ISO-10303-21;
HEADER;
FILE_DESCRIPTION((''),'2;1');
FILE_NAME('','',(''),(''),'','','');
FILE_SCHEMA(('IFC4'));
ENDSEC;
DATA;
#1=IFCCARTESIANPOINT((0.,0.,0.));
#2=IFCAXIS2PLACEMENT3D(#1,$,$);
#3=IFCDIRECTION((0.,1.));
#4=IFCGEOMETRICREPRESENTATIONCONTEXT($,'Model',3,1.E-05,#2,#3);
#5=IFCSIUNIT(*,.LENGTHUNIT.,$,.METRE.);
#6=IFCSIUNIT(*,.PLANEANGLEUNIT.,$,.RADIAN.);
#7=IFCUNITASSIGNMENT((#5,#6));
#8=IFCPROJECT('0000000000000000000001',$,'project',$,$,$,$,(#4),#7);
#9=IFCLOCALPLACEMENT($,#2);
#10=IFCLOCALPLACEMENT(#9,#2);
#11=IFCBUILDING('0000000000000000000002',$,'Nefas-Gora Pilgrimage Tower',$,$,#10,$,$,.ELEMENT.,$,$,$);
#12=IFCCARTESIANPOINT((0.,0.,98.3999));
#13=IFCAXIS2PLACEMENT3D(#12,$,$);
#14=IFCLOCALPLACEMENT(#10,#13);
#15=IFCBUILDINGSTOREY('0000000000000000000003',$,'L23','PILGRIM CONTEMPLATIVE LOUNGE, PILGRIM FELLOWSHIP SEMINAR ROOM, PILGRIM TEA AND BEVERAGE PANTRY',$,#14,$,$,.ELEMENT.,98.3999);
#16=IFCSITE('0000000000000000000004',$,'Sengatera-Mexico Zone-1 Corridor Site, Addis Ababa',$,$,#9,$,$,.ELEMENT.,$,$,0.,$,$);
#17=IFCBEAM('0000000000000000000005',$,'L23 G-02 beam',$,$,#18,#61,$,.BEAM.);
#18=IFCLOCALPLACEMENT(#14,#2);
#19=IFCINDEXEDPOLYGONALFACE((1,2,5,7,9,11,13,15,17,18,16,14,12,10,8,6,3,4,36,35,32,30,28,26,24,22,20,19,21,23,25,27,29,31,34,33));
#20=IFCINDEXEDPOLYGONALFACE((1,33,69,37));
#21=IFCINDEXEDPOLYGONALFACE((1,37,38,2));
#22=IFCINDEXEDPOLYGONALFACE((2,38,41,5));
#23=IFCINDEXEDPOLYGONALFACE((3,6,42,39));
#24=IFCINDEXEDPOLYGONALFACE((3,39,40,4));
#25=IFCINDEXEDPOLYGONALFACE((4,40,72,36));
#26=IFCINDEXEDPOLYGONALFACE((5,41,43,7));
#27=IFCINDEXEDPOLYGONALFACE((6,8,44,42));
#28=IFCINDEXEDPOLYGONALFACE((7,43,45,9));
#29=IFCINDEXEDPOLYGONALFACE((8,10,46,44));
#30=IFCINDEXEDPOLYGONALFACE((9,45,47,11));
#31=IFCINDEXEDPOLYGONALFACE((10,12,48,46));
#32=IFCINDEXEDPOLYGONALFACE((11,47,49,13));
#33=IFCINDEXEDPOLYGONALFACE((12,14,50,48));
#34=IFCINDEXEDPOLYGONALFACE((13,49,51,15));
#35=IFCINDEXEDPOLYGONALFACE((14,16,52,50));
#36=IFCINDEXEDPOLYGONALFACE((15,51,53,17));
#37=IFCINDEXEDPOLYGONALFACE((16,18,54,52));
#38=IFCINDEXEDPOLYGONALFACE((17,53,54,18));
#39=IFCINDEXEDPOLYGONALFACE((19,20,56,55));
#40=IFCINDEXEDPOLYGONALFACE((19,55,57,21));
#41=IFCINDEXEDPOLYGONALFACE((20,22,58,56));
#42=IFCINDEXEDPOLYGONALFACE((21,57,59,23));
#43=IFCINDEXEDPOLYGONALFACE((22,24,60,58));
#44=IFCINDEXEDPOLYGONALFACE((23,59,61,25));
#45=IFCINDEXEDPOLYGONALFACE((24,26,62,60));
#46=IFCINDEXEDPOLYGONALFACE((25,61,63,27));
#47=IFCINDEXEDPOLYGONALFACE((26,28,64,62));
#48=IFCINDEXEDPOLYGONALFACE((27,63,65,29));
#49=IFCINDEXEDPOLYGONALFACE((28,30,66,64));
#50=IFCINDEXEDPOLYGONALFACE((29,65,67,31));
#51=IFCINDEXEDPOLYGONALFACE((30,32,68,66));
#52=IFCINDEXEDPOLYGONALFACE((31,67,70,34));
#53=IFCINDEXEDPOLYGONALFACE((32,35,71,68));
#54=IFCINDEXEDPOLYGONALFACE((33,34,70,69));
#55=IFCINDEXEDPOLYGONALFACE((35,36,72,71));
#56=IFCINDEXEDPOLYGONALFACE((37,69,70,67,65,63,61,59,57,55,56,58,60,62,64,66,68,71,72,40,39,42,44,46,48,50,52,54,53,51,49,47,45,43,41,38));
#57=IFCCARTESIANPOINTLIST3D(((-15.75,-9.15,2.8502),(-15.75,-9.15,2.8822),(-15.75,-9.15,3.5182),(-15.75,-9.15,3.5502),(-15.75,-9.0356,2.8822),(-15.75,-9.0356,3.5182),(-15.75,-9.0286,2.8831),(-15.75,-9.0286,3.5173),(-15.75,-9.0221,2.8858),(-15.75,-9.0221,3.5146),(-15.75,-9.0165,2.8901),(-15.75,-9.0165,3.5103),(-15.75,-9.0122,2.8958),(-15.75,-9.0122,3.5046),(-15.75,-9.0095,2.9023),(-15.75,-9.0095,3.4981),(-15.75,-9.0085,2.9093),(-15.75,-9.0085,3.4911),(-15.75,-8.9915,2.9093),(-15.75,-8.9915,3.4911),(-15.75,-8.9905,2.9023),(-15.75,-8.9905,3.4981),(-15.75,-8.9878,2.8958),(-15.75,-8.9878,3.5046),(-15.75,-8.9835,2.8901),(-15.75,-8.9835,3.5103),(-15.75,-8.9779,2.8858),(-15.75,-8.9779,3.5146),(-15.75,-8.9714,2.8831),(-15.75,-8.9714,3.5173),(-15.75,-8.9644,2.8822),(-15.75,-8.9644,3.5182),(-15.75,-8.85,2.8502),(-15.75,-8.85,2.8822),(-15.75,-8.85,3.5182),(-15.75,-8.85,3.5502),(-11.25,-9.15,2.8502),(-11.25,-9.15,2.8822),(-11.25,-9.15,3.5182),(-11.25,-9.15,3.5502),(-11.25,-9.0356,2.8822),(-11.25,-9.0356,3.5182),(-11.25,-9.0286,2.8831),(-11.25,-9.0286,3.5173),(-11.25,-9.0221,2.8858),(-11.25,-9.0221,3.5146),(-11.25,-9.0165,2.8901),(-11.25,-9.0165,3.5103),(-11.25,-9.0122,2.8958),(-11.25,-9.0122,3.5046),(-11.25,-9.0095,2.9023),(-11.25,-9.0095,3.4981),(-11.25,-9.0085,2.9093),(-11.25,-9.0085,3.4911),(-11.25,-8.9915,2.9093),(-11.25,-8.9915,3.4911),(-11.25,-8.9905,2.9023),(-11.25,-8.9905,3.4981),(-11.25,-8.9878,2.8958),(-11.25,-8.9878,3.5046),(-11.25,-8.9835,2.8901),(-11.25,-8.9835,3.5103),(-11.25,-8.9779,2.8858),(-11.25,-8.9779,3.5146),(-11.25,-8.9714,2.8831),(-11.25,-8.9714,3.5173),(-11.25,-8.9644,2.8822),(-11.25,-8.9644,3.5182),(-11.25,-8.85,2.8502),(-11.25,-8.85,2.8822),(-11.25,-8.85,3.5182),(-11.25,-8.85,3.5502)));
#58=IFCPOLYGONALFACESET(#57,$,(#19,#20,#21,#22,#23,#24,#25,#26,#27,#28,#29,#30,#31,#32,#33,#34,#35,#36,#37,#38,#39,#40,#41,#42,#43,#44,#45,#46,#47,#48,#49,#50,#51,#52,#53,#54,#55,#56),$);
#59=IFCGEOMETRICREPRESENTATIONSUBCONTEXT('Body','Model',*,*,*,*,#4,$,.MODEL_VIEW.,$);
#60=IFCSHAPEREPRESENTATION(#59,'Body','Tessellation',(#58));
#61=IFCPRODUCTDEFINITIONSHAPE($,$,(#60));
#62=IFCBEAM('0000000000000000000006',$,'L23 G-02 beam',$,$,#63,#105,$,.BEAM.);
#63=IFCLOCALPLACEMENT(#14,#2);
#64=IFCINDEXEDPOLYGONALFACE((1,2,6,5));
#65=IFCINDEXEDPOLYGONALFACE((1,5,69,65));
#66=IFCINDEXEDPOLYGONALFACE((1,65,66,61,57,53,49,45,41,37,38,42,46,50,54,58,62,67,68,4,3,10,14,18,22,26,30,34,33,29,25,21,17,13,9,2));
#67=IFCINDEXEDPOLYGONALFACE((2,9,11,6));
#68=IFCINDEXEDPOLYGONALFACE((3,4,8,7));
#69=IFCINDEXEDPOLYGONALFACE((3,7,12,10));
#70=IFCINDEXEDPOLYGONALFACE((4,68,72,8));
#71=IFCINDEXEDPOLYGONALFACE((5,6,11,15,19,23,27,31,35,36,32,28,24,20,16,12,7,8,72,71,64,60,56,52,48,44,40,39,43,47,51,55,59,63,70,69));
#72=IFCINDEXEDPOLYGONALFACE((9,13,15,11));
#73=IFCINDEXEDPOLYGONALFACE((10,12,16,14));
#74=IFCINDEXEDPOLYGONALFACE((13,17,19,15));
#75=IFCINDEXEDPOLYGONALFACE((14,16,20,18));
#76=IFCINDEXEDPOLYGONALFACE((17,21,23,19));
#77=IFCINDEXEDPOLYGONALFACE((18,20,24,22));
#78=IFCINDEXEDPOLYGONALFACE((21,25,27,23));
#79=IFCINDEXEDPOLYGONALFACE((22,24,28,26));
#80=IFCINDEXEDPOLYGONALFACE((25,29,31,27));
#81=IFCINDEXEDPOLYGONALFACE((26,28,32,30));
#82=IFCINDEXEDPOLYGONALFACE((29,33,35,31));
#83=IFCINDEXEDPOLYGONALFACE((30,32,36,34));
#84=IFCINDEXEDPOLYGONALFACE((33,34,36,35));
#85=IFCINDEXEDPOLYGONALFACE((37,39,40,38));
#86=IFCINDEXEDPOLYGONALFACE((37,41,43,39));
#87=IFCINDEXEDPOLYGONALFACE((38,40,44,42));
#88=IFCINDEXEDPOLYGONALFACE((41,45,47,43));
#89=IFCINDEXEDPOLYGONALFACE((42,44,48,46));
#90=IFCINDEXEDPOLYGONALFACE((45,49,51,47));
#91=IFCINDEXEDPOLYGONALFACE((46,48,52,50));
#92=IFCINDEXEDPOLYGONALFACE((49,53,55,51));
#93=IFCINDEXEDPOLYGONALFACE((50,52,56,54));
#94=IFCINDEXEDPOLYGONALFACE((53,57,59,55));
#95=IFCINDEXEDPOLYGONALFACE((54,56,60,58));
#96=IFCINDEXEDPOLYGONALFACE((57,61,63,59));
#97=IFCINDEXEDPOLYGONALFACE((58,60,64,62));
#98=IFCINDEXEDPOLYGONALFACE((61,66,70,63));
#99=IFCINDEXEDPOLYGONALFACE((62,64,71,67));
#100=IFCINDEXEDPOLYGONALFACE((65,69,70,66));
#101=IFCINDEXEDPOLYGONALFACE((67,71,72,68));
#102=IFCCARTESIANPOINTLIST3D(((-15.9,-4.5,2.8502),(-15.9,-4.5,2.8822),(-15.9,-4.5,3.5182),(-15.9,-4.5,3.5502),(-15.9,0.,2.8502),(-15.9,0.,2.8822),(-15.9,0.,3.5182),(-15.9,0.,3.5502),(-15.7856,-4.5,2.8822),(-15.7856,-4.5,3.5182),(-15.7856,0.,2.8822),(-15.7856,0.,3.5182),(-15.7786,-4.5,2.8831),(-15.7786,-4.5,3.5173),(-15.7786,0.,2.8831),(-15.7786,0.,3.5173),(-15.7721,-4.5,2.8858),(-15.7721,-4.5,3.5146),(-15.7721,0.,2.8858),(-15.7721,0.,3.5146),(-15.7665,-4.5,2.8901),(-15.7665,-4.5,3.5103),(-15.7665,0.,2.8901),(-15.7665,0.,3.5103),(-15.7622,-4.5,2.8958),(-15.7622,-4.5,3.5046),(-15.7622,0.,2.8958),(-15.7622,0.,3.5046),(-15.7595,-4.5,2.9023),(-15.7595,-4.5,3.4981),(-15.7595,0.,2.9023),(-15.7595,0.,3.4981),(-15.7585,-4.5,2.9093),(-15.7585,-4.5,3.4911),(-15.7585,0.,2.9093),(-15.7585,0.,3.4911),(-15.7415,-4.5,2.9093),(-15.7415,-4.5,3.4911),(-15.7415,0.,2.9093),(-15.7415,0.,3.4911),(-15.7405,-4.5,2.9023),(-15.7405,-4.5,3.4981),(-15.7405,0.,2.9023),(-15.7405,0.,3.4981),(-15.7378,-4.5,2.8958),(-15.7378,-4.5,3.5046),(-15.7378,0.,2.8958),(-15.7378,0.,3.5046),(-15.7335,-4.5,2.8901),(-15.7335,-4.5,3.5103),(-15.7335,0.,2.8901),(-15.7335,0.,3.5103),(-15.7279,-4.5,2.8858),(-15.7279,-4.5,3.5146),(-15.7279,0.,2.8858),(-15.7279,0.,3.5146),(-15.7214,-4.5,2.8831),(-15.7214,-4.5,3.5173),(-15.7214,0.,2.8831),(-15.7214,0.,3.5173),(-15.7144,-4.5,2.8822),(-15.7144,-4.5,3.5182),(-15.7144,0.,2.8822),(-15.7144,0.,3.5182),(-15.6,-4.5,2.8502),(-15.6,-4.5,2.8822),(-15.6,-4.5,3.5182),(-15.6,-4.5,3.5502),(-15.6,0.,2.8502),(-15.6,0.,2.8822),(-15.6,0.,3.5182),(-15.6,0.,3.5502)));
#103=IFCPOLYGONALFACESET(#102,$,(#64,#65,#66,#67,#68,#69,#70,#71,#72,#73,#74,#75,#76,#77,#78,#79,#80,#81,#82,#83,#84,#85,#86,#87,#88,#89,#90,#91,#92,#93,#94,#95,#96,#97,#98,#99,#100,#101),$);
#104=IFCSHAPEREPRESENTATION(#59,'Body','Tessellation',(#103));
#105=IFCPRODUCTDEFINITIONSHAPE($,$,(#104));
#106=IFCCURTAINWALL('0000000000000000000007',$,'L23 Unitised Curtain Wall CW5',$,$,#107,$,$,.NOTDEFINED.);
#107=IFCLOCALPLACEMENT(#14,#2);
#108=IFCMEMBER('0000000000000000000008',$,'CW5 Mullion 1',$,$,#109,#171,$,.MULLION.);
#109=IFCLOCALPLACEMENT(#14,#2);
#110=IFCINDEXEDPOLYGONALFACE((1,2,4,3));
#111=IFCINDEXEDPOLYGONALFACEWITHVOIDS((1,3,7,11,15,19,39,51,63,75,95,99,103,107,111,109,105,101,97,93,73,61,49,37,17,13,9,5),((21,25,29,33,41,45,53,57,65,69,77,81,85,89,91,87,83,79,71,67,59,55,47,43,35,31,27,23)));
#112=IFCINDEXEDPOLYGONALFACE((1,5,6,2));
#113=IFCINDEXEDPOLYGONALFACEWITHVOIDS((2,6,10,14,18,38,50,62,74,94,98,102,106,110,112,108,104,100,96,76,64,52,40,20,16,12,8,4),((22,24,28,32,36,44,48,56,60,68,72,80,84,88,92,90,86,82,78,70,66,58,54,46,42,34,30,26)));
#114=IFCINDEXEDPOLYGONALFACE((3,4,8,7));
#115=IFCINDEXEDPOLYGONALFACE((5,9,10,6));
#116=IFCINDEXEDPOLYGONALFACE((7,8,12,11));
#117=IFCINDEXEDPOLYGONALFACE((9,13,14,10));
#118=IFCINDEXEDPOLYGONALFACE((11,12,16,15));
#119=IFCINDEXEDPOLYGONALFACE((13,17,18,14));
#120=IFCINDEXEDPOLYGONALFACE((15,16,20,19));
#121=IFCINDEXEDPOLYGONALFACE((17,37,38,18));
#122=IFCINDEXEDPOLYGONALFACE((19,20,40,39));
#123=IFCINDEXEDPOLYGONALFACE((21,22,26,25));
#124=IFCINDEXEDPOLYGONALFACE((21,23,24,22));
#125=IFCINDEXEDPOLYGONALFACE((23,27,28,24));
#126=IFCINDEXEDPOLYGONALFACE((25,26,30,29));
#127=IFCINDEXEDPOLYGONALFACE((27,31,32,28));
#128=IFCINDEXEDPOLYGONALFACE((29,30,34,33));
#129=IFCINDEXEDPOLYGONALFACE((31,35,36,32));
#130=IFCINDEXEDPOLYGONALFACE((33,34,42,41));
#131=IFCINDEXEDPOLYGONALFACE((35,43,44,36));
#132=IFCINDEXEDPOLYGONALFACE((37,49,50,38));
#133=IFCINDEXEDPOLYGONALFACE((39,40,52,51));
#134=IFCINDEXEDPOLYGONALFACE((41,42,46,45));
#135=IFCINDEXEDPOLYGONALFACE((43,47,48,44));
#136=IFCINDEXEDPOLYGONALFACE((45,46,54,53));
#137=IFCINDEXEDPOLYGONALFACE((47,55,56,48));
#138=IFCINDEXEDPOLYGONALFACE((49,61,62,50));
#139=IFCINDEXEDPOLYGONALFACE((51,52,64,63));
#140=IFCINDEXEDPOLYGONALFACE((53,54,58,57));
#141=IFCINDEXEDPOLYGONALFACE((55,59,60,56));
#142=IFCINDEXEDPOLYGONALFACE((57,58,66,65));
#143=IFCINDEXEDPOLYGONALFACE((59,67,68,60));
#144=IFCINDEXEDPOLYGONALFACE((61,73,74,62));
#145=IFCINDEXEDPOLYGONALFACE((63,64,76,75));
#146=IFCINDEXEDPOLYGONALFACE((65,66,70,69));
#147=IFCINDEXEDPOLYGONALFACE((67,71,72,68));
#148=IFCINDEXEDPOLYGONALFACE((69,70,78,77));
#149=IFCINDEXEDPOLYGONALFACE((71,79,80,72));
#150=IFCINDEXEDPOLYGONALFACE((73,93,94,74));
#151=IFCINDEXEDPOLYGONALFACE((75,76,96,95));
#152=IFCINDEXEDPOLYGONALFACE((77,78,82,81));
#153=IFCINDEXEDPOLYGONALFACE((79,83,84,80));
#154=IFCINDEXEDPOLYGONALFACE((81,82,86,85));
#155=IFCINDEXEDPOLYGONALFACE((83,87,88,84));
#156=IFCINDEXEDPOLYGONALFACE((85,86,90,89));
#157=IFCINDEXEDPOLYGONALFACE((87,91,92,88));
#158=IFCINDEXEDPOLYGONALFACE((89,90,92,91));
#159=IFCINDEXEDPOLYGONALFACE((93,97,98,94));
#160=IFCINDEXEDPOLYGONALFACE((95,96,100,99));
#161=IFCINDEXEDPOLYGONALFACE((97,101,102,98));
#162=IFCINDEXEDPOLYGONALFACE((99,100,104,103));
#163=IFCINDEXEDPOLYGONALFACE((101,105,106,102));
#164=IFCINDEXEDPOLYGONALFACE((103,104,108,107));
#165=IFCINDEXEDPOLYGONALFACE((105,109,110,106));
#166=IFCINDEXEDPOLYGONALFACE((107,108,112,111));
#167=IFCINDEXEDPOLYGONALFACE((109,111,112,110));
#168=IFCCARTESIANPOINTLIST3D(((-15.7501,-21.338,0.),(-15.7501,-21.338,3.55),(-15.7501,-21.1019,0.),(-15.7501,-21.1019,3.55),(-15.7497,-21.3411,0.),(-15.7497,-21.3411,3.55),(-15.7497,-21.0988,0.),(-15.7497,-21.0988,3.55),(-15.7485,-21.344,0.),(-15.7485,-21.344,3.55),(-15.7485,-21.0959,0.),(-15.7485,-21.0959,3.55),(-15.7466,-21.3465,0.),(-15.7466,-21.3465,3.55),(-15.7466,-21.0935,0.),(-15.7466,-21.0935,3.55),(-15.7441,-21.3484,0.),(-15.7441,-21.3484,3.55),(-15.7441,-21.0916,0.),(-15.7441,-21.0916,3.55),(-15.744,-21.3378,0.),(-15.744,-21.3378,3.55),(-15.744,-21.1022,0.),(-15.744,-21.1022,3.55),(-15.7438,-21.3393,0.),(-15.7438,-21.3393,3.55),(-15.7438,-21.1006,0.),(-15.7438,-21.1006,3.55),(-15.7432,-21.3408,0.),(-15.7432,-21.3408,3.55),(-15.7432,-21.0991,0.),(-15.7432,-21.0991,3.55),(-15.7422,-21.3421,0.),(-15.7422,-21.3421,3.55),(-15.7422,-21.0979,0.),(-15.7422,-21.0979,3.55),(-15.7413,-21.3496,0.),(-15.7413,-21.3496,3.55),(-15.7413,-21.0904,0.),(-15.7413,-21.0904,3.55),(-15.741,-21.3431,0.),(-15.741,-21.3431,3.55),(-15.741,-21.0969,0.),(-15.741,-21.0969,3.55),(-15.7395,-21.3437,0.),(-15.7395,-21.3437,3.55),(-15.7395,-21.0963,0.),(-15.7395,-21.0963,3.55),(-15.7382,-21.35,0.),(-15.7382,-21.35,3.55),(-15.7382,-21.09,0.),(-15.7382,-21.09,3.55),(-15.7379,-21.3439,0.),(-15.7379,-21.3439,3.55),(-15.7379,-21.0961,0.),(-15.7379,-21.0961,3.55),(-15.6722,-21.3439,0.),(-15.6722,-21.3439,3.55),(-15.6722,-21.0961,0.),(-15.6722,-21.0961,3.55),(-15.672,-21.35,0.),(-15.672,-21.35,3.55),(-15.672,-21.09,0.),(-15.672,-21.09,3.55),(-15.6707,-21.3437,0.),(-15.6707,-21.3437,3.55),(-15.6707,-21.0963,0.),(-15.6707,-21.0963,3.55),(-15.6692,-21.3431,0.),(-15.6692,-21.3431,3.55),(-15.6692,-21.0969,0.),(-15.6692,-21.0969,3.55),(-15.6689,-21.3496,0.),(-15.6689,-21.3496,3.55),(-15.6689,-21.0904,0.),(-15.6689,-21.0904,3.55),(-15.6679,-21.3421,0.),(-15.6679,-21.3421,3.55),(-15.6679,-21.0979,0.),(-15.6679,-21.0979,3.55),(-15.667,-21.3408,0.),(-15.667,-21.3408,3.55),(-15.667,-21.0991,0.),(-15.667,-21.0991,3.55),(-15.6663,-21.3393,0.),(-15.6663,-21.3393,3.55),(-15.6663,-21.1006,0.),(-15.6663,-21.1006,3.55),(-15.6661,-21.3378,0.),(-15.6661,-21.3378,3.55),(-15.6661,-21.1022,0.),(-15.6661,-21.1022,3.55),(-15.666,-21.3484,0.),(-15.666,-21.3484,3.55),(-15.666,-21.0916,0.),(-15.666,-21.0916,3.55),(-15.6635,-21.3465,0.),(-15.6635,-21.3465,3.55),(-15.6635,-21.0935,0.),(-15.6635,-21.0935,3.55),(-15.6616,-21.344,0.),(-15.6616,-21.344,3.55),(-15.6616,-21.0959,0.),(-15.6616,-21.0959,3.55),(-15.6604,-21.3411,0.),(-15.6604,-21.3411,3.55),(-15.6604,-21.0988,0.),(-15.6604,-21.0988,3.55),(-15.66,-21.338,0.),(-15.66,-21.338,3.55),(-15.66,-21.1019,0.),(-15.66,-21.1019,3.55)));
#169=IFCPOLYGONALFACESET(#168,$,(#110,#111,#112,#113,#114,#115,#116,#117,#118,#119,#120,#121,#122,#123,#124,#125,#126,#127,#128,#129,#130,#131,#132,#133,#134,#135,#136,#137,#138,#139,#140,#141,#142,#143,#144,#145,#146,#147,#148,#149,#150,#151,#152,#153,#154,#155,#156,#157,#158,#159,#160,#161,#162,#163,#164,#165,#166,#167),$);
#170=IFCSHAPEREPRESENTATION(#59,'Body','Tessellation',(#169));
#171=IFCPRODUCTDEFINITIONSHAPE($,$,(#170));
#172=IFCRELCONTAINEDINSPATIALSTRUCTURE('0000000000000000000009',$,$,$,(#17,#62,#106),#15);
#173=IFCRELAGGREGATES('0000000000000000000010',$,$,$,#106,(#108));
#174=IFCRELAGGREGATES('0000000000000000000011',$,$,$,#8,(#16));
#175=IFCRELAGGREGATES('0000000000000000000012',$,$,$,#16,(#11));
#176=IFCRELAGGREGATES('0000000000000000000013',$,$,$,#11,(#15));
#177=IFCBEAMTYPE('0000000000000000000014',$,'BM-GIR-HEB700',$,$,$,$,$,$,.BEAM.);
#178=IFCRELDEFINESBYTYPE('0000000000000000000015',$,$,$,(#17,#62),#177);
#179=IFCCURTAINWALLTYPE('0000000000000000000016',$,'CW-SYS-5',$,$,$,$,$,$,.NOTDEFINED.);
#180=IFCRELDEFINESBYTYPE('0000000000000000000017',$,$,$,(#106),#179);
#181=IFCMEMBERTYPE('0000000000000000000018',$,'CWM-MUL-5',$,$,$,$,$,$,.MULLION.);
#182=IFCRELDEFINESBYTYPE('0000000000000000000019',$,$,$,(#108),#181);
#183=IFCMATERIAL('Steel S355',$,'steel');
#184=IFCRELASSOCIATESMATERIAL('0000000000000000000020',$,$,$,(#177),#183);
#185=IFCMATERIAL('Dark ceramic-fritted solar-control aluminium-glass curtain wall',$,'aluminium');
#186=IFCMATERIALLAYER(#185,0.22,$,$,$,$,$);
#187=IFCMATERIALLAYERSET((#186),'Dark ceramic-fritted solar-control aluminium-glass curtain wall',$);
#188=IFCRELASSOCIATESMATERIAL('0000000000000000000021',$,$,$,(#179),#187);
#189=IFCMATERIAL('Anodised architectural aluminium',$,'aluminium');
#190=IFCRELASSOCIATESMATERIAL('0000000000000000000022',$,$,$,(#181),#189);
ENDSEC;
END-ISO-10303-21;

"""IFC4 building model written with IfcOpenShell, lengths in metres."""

from ifc_helpers import new_model, si_unit, direction, frame, origin, origin_2d, place, context, subcontext, project, spatial, hollow_rectangle, i_section, extrude, source, transform, mapped, material, layer, layer_set, material_profile, profile_set, type_object, element, aggregate, save


model = new_model("IFC4")

# Units and contexts
model_context = context("Model", 3, precision=1e-05, world=origin(), true_north=direction((0.0, 1.0)))
body_context = subcontext(model_context, "Body", "Model", "MODEL_VIEW")
ifc_project = project(units=[si_unit("LENGTHUNIT", "METRE"), si_unit("PLANEANGLEUNIT", "RADIAN")], contexts=[model_context])

# Site, building, storey
site_placement = place(None, origin())
site = spatial("IfcSite", under=ifc_project, at=site_placement, Name="Sengatera-Mexico Zone-1 Corridor Site, Addis Ababa", CompositionType="ELEMENT", RefElevation=0.0)
building_placement = place(site_placement, origin())
building = spatial("IfcBuilding", under=site, at=building_placement, Name="Nefas-Gora Pilgrimage Tower", CompositionType="ELEMENT")
storey_placement = place(building_placement, frame((0.0, 0.0, 98.3999)))
storey = spatial("IfcBuildingStorey", under=building, at=storey_placement, Name="L23", Description="PILGRIM CONTEMPLATIVE LOUNGE, PILGRIM FELLOWSHIP SEMINAR ROOM, PILGRIM TEA AND BEVERAGE PANTRY", CompositionType="ELEMENT", Elevation=98.3999)

# Beams
ifc_material_1 = material(Name="Steel S355", Category="steel")
ifc_material_profile_1 = material_profile(ifc_material_1, i_section(OverallWidth=0.3, OverallDepth=0.7, WebThickness=0.0171, FlangeThickness=0.032, FilletRadius=0.0271, at=origin_2d()), Name="HEB 700")
ifc_profile_set_1 = profile_set([ifc_material_profile_1], Name="Steel S355")
beam_type = type_object("IfcBeamType", Name="BM-GIR-HEB700", PredefinedType="BEAM", material=ifc_profile_set_1)
shared_shape_1 = source(origin(), body_context, "Body", "SweptSolid", [
    extrude(i_section(OverallWidth=0.3, OverallDepth=0.7, WebThickness=0.0171, FlangeThickness=0.032, FilletRadius=0.0271, at=origin_2d()), origin(), (0.0, 0.0, 1.0), 4.5),
])
for number, where, z_axis, x_axis, name in (
    (1, (-15.75, -9.0, 3.2002), (1.0, 0.0, 0.0), (0.0, 1.0, 0.0), "L23 G-02 beam"),
    (2, (-15.75, -4.5, 3.2002), (0.0, 1.0, 0.0), (-1.0, 0.0, 0.0), "L23 G-02 beam"),
):
    element("IfcBeam", number, at=place(storey_placement, frame(where, z_axis=z_axis, x_axis=x_axis)), inside=storey, type_object=beam_type, Name=name, PredefinedType="BEAM", context=body_context, shape_type="MappedRepresentation", body=[
        mapped(shared_shape_1, transform((0.0, 0.0, 0.0), x_axis=(1.0, 0.0, 0.0), y_axis=(0.0, 1.0, 0.0), z_axis=(0.0, 0.0, 1.0), scale=1.0)),
    ])

# Curtain wall, member
ifc_material_2 = material(Name="Dark ceramic-fritted solar-control aluminium-glass curtain wall", Category="aluminium")
ifc_layer_1 = layer(ifc_material_2, 0.22)
ifc_layer_set_1 = layer_set([ifc_layer_1], Name="Dark ceramic-fritted solar-control aluminium-glass curtain wall")
curtain_wall_type_1 = type_object("IfcCurtainWallType", Name="CW-SYS-5", PredefinedType="NOTDEFINED", material=ifc_layer_set_1)
curtain_wall_1_placement = place(storey_placement, origin())
curtain_wall_1 = element("IfcCurtainWall", 3, at=curtain_wall_1_placement, inside=storey, type_object=curtain_wall_type_1, Name="L23 Unitised Curtain Wall CW5", PredefinedType="NOTDEFINED")
ifc_material_3 = material(Name="Anodised architectural aluminium", Category="aluminium")
ifc_material_profile_2 = material_profile(ifc_material_3, hollow_rectangle(XDim=0.0901, YDim=0.26, WallThickness=0.0061, InnerFilletRadius=0.0061, OuterFilletRadius=0.012, at=origin_2d()), Name="ALU MULLION 90x260")
ifc_profile_set_2 = profile_set([ifc_material_profile_2], Name="Anodised architectural aluminium")
member_type_1 = type_object("IfcMemberType", Name="CWM-MUL-5", PredefinedType="MULLION", material=ifc_profile_set_2)
shared_shape_2 = source(origin(), body_context, "Body", "SweptSolid", [
    extrude(hollow_rectangle(XDim=0.0901, YDim=0.26, WallThickness=0.0061, InnerFilletRadius=0.0061, OuterFilletRadius=0.012, at=origin_2d()), origin(), (0.0, 0.0, 1.0), 3.55),
])
member_1_placement = place(storey_placement, frame((-15.7051, -21.22, 0.0), z_axis=(0.0, 0.0, 1.0), x_axis=(1.0, 0.0, 0.0)))
member_1 = element("IfcMember", 4, at=member_1_placement, type_object=member_type_1, Name="CW5 Mullion 1", PredefinedType="MULLION", context=body_context, shape_type="MappedRepresentation", body=[
    mapped(shared_shape_2, transform((0.0, 0.0, 0.0), x_axis=(1.0, 0.0, 0.0), y_axis=(0.0, 1.0, 0.0), z_axis=(0.0, 0.0, 1.0), scale=1.0)),
])

aggregate(curtain_wall_1, [member_1])

save(model, "model.ifc")
